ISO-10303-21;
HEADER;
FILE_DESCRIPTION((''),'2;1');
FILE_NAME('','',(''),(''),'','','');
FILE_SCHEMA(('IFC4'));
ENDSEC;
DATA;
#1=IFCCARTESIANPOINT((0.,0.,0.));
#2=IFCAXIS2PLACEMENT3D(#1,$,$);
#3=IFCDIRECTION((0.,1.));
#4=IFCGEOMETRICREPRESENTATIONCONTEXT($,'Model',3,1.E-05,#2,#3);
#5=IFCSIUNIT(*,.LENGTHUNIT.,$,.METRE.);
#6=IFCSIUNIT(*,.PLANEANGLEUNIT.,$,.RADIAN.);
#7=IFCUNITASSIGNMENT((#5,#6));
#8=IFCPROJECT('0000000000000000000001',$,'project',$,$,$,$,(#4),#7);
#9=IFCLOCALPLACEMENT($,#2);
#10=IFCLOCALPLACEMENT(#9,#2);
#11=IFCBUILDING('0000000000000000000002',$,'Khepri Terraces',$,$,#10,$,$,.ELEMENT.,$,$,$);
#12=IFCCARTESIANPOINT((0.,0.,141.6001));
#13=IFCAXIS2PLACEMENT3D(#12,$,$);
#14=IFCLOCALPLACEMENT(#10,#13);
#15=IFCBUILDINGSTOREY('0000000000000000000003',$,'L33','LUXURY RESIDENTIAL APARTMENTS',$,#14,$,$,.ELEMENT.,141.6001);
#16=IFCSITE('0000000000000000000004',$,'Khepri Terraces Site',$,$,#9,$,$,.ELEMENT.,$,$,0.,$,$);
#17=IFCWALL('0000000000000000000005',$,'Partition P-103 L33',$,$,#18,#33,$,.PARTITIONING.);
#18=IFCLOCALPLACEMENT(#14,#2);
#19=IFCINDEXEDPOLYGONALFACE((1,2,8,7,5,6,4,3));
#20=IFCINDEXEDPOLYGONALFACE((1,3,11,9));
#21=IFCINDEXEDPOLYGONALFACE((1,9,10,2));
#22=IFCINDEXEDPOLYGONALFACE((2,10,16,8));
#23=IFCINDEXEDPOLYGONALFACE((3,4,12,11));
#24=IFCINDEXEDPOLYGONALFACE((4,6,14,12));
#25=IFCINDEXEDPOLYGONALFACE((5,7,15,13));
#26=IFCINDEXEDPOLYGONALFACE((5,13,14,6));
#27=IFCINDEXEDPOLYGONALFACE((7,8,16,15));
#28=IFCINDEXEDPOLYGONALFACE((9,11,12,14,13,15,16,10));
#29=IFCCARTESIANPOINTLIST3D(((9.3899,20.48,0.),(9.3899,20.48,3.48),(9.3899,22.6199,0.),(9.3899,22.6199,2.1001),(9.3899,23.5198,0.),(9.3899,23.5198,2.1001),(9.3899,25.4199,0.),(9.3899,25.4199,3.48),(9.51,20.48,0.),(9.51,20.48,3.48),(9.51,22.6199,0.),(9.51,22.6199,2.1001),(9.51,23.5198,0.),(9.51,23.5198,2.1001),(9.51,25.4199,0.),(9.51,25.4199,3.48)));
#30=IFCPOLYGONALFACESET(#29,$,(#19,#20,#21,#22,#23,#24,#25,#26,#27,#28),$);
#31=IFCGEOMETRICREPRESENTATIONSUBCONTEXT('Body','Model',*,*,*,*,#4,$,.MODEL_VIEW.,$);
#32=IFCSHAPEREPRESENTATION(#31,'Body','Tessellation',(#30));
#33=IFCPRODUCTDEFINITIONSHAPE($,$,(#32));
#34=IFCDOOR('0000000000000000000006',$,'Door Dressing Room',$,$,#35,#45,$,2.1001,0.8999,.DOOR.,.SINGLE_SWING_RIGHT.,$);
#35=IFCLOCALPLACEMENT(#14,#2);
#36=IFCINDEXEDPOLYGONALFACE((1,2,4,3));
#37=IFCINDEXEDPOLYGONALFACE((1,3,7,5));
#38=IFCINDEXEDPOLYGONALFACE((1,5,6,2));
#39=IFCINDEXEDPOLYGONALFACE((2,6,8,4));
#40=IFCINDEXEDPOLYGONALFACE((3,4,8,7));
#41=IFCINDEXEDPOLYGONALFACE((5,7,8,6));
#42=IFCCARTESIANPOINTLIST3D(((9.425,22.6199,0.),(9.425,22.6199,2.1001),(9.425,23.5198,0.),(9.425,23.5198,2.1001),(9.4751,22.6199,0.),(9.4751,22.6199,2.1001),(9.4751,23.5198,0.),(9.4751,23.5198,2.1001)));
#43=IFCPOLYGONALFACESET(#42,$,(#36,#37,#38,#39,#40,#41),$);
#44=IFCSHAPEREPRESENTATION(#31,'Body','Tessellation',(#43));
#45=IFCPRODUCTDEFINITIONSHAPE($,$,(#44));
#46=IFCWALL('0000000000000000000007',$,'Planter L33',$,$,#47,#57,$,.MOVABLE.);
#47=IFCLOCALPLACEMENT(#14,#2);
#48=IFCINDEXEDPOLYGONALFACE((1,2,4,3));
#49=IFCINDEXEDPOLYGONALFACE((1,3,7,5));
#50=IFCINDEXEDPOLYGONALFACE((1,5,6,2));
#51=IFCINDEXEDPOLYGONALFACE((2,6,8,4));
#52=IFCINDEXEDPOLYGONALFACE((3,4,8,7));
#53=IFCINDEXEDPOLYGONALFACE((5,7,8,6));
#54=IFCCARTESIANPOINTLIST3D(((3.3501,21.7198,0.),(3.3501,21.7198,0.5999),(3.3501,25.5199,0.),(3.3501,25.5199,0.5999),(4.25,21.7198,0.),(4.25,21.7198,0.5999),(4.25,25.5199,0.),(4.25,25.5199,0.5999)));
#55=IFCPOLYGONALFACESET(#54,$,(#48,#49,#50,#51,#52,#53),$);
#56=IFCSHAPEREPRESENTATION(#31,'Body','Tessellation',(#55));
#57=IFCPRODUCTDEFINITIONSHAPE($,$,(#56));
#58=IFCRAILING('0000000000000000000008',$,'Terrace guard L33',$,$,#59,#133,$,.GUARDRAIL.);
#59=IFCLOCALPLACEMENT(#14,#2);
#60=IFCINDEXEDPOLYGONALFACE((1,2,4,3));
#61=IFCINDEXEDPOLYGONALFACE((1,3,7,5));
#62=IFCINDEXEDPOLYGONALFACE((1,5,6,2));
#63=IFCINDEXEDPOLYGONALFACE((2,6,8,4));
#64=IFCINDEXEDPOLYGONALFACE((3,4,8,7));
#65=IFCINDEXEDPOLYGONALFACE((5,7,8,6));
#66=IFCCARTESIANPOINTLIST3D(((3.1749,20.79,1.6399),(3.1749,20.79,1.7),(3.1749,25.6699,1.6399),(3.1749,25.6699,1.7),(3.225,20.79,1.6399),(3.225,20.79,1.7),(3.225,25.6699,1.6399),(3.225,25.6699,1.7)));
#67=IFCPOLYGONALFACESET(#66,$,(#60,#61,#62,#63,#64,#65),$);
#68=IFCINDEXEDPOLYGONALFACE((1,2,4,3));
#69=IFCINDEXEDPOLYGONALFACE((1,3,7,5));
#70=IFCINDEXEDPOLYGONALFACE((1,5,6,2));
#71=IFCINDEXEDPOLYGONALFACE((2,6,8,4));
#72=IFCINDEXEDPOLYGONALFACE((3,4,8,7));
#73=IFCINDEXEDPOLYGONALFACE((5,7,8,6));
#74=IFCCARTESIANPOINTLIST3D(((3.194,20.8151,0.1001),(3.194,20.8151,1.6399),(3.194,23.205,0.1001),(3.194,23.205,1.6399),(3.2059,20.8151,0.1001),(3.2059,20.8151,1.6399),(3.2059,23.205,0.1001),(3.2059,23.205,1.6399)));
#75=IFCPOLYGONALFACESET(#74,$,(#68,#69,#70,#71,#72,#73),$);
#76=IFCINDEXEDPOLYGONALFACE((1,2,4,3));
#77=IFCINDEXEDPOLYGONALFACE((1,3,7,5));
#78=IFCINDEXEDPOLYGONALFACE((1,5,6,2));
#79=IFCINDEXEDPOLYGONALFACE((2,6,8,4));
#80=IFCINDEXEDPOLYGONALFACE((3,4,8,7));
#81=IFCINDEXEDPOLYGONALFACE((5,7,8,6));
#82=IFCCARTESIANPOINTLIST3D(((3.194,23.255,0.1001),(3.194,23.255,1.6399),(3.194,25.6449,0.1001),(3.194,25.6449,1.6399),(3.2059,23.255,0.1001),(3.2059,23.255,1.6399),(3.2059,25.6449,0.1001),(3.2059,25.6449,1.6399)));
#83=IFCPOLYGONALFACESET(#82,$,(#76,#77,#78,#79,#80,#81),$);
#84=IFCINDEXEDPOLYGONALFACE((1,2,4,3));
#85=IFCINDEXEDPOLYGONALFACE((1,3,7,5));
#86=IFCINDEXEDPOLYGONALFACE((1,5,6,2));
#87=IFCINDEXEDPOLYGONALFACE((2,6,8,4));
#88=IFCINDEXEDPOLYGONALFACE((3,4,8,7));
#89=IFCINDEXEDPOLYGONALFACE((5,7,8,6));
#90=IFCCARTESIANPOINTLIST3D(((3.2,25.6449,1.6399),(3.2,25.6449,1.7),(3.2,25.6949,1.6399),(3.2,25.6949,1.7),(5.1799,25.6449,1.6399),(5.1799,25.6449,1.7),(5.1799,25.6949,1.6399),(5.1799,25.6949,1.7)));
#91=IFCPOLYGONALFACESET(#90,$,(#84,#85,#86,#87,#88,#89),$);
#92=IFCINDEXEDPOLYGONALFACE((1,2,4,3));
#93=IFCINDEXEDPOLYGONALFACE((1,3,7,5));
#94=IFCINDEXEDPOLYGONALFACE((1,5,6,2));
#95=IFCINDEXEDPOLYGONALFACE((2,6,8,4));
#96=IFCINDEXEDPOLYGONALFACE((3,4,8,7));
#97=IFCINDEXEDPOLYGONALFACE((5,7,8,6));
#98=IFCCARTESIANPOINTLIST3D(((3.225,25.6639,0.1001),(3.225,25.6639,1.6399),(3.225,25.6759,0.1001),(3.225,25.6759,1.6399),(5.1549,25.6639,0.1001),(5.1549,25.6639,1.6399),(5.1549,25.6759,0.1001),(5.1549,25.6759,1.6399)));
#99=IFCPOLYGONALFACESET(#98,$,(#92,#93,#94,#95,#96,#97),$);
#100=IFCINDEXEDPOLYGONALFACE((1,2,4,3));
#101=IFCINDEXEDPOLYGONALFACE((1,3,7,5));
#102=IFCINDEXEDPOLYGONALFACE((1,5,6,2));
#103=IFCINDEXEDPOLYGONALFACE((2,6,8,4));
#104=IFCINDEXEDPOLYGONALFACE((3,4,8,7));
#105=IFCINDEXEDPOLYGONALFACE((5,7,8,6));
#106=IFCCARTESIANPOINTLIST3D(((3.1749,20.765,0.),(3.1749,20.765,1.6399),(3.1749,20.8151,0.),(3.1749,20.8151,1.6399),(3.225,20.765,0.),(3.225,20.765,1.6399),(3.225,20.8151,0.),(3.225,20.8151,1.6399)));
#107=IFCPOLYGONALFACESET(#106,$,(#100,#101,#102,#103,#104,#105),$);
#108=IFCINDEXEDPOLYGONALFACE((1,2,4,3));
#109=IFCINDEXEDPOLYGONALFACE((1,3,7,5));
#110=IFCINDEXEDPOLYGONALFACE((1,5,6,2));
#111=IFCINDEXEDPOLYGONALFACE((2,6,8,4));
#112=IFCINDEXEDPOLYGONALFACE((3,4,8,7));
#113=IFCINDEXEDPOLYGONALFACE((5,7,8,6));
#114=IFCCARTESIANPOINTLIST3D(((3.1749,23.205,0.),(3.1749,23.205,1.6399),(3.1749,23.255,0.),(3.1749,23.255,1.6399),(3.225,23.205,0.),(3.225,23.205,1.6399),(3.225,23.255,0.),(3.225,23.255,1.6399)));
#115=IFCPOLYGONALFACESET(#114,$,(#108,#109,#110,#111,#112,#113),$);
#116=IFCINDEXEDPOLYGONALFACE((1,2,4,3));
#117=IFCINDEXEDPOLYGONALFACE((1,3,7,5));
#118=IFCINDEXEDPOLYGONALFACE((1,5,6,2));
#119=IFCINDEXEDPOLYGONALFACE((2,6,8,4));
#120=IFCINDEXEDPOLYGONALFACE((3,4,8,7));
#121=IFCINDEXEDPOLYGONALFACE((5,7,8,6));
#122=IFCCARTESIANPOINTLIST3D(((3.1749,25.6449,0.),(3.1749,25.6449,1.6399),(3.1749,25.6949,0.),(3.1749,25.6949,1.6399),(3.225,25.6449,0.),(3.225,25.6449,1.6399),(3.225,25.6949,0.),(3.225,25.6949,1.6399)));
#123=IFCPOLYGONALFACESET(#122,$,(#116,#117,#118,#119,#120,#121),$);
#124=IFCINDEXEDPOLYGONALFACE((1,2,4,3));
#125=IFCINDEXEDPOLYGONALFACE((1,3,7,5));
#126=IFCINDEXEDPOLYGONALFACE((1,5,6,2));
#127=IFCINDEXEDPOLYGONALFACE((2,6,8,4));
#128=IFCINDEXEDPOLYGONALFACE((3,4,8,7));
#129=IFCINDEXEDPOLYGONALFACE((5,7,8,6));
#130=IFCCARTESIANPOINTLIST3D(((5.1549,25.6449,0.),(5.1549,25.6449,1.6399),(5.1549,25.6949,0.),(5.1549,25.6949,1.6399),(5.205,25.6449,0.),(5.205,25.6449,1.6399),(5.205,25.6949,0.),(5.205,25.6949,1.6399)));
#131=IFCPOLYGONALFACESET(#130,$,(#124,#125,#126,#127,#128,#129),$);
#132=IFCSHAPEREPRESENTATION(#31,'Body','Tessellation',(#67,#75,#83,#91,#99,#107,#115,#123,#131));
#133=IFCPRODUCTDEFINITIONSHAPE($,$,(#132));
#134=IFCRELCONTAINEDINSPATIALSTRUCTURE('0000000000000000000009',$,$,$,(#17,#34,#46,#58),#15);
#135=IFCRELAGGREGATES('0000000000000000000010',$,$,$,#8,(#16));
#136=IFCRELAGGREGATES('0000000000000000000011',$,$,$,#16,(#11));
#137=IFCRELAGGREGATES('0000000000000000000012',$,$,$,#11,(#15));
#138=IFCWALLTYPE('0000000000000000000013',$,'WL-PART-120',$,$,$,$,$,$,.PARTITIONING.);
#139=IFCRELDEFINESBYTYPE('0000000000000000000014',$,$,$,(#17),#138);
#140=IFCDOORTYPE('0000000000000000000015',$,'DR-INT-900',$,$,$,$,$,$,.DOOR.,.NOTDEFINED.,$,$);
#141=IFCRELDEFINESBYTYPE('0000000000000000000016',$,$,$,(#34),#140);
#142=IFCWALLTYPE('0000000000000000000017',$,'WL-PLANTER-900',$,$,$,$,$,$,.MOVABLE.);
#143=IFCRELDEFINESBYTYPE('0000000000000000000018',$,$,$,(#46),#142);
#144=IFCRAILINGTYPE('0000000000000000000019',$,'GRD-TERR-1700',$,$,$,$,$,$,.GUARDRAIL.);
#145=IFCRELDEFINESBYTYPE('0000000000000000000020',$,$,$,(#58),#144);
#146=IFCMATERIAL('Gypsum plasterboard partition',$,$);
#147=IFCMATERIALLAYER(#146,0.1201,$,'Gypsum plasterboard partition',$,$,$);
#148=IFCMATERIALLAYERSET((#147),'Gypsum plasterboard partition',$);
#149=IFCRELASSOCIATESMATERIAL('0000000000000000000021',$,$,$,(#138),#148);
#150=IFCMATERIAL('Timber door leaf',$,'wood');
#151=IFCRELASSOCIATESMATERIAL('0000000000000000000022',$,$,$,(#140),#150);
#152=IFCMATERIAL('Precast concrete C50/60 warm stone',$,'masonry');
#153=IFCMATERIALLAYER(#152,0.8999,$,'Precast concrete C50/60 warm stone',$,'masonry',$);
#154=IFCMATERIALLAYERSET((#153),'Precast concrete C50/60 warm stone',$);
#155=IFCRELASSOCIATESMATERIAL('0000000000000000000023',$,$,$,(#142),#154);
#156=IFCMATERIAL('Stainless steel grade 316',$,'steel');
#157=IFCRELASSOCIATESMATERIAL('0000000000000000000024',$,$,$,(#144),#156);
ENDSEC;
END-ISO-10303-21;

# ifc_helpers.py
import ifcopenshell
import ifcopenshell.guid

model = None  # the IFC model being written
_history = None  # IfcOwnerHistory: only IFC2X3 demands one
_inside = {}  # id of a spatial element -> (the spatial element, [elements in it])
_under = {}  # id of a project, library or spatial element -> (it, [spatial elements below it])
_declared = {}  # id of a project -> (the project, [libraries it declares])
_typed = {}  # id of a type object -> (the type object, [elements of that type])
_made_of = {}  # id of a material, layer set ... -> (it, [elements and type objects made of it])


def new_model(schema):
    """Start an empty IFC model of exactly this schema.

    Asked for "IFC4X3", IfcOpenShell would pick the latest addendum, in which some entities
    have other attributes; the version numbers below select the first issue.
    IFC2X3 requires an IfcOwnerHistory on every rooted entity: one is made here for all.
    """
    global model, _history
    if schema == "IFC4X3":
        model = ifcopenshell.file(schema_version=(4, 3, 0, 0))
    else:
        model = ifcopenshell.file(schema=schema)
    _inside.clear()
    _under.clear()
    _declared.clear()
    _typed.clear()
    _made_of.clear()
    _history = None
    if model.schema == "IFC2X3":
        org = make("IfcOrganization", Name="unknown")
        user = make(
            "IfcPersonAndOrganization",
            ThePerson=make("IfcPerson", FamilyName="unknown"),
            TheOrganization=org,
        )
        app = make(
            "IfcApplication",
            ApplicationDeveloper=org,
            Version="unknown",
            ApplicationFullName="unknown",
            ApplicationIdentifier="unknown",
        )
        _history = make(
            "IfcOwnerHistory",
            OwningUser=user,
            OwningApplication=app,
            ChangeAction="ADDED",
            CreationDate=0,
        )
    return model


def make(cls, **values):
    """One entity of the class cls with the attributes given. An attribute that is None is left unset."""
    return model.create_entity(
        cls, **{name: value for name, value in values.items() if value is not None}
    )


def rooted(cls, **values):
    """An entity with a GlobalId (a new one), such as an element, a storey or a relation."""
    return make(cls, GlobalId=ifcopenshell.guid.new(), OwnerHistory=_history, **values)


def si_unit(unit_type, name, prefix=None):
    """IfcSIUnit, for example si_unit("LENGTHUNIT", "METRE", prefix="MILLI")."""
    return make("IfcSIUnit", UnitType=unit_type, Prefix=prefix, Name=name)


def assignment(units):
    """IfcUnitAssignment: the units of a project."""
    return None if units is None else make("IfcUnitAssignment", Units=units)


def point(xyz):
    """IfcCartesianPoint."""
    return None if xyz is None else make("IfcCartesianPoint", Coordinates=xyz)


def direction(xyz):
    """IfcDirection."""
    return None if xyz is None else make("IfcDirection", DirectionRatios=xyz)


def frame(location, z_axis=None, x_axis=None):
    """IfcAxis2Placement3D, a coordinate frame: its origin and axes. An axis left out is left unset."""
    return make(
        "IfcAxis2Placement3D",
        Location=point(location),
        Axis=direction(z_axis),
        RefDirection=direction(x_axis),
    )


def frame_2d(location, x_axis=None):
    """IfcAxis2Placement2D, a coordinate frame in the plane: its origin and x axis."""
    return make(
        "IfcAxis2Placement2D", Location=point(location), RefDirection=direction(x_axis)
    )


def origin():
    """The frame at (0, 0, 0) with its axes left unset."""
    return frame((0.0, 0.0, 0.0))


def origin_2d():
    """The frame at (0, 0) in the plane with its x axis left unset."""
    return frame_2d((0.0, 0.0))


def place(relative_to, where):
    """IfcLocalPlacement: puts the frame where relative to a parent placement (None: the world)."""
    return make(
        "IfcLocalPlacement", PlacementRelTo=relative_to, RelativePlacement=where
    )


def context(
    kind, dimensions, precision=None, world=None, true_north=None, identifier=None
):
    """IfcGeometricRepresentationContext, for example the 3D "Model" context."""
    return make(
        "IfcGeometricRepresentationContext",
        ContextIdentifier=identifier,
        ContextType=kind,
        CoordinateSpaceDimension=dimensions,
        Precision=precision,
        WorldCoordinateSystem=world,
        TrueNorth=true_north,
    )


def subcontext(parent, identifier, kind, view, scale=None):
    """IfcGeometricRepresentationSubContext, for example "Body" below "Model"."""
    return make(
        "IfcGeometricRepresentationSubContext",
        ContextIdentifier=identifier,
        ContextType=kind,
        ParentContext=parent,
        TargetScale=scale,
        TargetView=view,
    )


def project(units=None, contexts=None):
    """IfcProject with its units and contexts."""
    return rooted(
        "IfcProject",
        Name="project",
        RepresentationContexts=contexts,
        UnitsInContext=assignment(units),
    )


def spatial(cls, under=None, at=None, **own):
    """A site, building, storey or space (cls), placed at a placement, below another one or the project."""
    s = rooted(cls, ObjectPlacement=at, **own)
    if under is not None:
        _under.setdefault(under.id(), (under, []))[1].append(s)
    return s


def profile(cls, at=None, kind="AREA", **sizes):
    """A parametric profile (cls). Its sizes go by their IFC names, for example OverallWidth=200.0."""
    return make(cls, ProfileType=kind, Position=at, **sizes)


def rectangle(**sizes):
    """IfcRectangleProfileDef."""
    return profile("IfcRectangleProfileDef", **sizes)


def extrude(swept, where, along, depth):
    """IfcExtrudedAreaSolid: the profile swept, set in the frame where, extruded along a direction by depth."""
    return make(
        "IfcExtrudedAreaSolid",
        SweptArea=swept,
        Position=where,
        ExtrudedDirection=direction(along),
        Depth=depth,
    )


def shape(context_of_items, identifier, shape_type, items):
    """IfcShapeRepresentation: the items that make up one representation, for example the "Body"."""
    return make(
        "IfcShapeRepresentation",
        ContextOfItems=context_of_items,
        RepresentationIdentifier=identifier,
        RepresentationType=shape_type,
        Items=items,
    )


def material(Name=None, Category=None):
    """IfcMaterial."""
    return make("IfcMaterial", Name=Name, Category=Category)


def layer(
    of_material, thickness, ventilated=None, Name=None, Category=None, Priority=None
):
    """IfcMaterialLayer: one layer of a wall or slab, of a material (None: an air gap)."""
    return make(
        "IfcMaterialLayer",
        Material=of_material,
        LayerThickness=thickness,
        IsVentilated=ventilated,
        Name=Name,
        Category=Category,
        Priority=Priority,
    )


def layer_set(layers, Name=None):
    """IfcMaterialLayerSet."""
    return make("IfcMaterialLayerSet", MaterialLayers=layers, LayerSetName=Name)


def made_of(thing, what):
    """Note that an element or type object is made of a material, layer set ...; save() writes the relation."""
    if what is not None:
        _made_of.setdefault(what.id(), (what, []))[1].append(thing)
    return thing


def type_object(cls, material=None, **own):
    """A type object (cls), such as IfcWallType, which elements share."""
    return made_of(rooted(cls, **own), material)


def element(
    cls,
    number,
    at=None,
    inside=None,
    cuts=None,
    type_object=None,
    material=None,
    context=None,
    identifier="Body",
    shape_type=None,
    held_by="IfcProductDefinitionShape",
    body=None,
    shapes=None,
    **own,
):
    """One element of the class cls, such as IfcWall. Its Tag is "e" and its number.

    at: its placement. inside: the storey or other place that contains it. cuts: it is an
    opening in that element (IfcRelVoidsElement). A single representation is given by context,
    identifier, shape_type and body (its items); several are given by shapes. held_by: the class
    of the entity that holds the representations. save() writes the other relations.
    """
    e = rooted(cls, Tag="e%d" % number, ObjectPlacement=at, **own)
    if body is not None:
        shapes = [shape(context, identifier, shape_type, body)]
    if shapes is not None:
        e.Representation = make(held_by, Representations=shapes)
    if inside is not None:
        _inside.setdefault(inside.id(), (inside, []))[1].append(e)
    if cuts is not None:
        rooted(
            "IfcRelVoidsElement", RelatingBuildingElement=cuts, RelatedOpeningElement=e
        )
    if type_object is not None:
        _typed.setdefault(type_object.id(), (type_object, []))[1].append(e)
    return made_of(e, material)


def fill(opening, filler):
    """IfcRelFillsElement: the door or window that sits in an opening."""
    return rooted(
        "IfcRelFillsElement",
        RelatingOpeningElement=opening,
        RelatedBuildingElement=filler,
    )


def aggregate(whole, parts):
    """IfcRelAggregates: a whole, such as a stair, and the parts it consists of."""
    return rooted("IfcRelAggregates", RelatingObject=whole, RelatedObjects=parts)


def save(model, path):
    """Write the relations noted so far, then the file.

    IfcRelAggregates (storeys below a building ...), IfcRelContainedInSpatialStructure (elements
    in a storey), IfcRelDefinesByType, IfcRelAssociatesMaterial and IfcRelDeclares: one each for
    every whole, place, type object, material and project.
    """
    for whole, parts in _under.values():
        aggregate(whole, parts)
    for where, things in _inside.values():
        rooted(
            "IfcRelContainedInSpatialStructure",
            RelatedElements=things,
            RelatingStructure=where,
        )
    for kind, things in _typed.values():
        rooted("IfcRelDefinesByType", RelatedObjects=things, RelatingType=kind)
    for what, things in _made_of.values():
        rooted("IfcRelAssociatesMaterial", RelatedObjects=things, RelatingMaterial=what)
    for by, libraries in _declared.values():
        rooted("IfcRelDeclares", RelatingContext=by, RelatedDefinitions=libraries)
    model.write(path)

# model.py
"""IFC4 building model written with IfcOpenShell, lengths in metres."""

from ifc_helpers import new_model, si_unit, direction, frame, frame_2d, origin, origin_2d, place, context, subcontext, project, spatial, rectangle, extrude, material, layer, layer_set, type_object, element, fill, save


model = new_model("IFC4")

# Units and contexts
model_context = context("Model", 3, precision=1e-05, world=origin(), true_north=direction((0.0, 1.0)))
body_context = subcontext(model_context, "Body", "Model", "MODEL_VIEW")
ifc_project = project(units=[si_unit("LENGTHUNIT", "METRE"), si_unit("PLANEANGLEUNIT", "RADIAN")], contexts=[model_context])

# Site, building, storey
site_placement = place(None, origin())
site = spatial("IfcSite", under=ifc_project, at=site_placement, Name="Khepri Terraces Site", CompositionType="ELEMENT", RefElevation=0.0)
building_placement = place(site_placement, origin())
building = spatial("IfcBuilding", under=site, at=building_placement, Name="Khepri Terraces", CompositionType="ELEMENT")
storey_placement = place(building_placement, frame((0.0, 0.0, 141.6001)))
storey = spatial("IfcBuildingStorey", under=building, at=storey_placement, Name="L33", Description="LUXURY RESIDENTIAL APARTMENTS", CompositionType="ELEMENT", Elevation=141.6001)

# Shared definitions
ifc_material_1 = material(Name="Precast concrete C50/60 warm stone", Category="masonry")

# Shared definitions
ifc_material_2 = material(Name="Gypsum plasterboard partition")
ifc_layer_1 = layer(ifc_material_2, 0.1201, Name="Gypsum plasterboard partition")
ifc_layer_set_1 = layer_set([ifc_layer_1], Name="Gypsum plasterboard partition")
wall_type_1 = type_object("IfcWallType", Name="WL-PART-120", PredefinedType="PARTITIONING", material=ifc_layer_set_1)

# Shared definitions
ifc_material_3 = material(Name="Timber door leaf", Category="wood")
door_type_1 = type_object("IfcDoorType", Name="DR-INT-900", OperationType="NOTDEFINED", PredefinedType="DOOR", material=ifc_material_3)

# Wall, opening, door
wall_1_placement = place(storey_placement, frame((9.45, 20.48, 0.0), z_axis=(0.0, 0.0, 1.0), x_axis=(0.0, 1.0, 0.0)))
wall_1 = element("IfcWall", 1, at=wall_1_placement, inside=storey, type_object=wall_type_1, Name="Partition P-103 L33", PredefinedType="PARTITIONING", context=body_context, shape_type="SweptSolid", body=[
    extrude(rectangle(XDim=4.9399, YDim=0.1201, at=frame_2d((2.47, 0.0))), origin(), (0.0, 0.0, 1.0), 3.48),
])
opening_1_placement = place(wall_1_placement, frame((2.1399, 0.0, 0.0)))
opening_1 = element("IfcOpeningElement", 2, at=opening_1_placement, cuts=wall_1, PredefinedType="OPENING", context=body_context, shape_type="SweptSolid", body=[
    extrude(rectangle(XDim=0.8999, YDim=2.1001, at=frame_2d((0.45, 1.05))), frame((0.0, 0.0701, 0.0), z_axis=(0.0, -1.0, 0.0), x_axis=(1.0, 0.0, 0.0)), (0.0, 0.0, 1.0), 0.1401),
])
door_1_placement = place(opening_1_placement, origin())
door_1 = element("IfcDoor", 3, at=door_1_placement, inside=storey, type_object=door_type_1, Name="Door Dressing Room", OperationType="SINGLE_SWING_RIGHT", OverallHeight=2.1001, OverallWidth=0.8999, PredefinedType="DOOR", context=body_context, shape_type="SweptSolid", body=[
    extrude(rectangle(XDim=0.8999, YDim=2.1001, at=frame_2d((0.45, 1.05))), frame((0.0, 0.0249, 0.0), z_axis=(0.0, -1.0, 0.0), x_axis=(1.0, 0.0, 0.0)), (0.0, 0.0, 1.0), 0.05),
])
fill(opening_1, door_1)

# Wall
ifc_layer_2 = layer(ifc_material_1, 0.8999, Name="Precast concrete C50/60 warm stone", Category="masonry")
ifc_layer_set_2 = layer_set([ifc_layer_2], Name="Precast concrete C50/60 warm stone")
wall_type_2 = type_object("IfcWallType", Name="WL-PLANTER-900", PredefinedType="MOVABLE", material=ifc_layer_set_2)
wall_2_placement = place(storey_placement, frame((3.8, 21.72, 0.0), z_axis=(0.0, 0.0, 1.0), x_axis=(0.0, 1.0, 0.0)))
element("IfcWall", 4, at=wall_2_placement, inside=storey, type_object=wall_type_2, Name="Planter L33", PredefinedType="MOVABLE", context=body_context, shape_type="SweptSolid", body=[
    extrude(rectangle(XDim=3.8, YDim=0.8999, at=frame_2d((1.8999, 0.0))), origin(), (0.0, 0.0, 1.0), 0.5999),
])

# Railing
ifc_material_4 = material(Name="Stainless steel grade 316", Category="steel")
railing_type = type_object("IfcRailingType", Name="GRD-TERR-1700", PredefinedType="GUARDRAIL", material=ifc_material_4)
railing_placement = place(storey_placement, frame((3.2, 20.79, 0.0)))
element("IfcRailing", 5, at=railing_placement, inside=storey, type_object=railing_type, Name="Terrace guard L33", PredefinedType="GUARDRAIL", context=body_context, shape_type="SweptSolid", body=[
    extrude(rectangle(XDim=0.05, YDim=0.0601, at=origin_2d()), frame((0.0, 0.0, 1.6699), z_axis=(0.0, 1.0, 0.0), x_axis=(-1.0, 0.0, 0.0)), (0.0, 0.0, 1.0), 4.8799),
    extrude(rectangle(XDim=2.3899, YDim=0.012, at=origin_2d()), frame((0.0, 1.22, 0.1001), z_axis=(0.0, 0.0, 1.0), x_axis=(0.0, 1.0, 0.0)), (0.0, 0.0, 1.0), 1.5398),
    extrude(rectangle(XDim=2.3899, YDim=0.012, at=origin_2d()), frame((0.0, 3.6599, 0.1001), z_axis=(0.0, 0.0, 1.0), x_axis=(0.0, 1.0, 0.0)), (0.0, 0.0, 1.0), 1.5398),
    extrude(rectangle(XDim=0.05, YDim=0.0601, at=origin_2d()), frame((0.0, 4.8799, 1.6699), z_axis=(1.0, 0.0, 0.0), x_axis=(0.0, 1.0, 0.0)), (0.0, 0.0, 1.0), 1.98),
    extrude(rectangle(XDim=1.9299, YDim=0.012, at=origin_2d()), frame((0.99, 4.8799, 0.1001), z_axis=(0.0, 0.0, 1.0), x_axis=(1.0, 0.0, 0.0)), (0.0, 0.0, 1.0), 1.5398),
    extrude(rectangle(XDim=0.05, YDim=0.05, at=origin_2d()), origin(), (0.0, 0.0, 1.0), 1.6399),
    extrude(rectangle(XDim=0.05, YDim=0.05, at=origin_2d()), frame((0.0, 2.4399, 0.0)), (0.0, 0.0, 1.0), 1.6399),
    extrude(rectangle(XDim=0.05, YDim=0.05, at=origin_2d()), frame((0.0, 4.8799, 0.0)), (0.0, 0.0, 1.0), 1.6399),
    extrude(rectangle(XDim=0.05, YDim=0.05, at=origin_2d()), frame((1.98, 4.8799, 0.0)), (0.0, 0.0, 1.0), 1.6399),
])

save(model, "model.ifc")
